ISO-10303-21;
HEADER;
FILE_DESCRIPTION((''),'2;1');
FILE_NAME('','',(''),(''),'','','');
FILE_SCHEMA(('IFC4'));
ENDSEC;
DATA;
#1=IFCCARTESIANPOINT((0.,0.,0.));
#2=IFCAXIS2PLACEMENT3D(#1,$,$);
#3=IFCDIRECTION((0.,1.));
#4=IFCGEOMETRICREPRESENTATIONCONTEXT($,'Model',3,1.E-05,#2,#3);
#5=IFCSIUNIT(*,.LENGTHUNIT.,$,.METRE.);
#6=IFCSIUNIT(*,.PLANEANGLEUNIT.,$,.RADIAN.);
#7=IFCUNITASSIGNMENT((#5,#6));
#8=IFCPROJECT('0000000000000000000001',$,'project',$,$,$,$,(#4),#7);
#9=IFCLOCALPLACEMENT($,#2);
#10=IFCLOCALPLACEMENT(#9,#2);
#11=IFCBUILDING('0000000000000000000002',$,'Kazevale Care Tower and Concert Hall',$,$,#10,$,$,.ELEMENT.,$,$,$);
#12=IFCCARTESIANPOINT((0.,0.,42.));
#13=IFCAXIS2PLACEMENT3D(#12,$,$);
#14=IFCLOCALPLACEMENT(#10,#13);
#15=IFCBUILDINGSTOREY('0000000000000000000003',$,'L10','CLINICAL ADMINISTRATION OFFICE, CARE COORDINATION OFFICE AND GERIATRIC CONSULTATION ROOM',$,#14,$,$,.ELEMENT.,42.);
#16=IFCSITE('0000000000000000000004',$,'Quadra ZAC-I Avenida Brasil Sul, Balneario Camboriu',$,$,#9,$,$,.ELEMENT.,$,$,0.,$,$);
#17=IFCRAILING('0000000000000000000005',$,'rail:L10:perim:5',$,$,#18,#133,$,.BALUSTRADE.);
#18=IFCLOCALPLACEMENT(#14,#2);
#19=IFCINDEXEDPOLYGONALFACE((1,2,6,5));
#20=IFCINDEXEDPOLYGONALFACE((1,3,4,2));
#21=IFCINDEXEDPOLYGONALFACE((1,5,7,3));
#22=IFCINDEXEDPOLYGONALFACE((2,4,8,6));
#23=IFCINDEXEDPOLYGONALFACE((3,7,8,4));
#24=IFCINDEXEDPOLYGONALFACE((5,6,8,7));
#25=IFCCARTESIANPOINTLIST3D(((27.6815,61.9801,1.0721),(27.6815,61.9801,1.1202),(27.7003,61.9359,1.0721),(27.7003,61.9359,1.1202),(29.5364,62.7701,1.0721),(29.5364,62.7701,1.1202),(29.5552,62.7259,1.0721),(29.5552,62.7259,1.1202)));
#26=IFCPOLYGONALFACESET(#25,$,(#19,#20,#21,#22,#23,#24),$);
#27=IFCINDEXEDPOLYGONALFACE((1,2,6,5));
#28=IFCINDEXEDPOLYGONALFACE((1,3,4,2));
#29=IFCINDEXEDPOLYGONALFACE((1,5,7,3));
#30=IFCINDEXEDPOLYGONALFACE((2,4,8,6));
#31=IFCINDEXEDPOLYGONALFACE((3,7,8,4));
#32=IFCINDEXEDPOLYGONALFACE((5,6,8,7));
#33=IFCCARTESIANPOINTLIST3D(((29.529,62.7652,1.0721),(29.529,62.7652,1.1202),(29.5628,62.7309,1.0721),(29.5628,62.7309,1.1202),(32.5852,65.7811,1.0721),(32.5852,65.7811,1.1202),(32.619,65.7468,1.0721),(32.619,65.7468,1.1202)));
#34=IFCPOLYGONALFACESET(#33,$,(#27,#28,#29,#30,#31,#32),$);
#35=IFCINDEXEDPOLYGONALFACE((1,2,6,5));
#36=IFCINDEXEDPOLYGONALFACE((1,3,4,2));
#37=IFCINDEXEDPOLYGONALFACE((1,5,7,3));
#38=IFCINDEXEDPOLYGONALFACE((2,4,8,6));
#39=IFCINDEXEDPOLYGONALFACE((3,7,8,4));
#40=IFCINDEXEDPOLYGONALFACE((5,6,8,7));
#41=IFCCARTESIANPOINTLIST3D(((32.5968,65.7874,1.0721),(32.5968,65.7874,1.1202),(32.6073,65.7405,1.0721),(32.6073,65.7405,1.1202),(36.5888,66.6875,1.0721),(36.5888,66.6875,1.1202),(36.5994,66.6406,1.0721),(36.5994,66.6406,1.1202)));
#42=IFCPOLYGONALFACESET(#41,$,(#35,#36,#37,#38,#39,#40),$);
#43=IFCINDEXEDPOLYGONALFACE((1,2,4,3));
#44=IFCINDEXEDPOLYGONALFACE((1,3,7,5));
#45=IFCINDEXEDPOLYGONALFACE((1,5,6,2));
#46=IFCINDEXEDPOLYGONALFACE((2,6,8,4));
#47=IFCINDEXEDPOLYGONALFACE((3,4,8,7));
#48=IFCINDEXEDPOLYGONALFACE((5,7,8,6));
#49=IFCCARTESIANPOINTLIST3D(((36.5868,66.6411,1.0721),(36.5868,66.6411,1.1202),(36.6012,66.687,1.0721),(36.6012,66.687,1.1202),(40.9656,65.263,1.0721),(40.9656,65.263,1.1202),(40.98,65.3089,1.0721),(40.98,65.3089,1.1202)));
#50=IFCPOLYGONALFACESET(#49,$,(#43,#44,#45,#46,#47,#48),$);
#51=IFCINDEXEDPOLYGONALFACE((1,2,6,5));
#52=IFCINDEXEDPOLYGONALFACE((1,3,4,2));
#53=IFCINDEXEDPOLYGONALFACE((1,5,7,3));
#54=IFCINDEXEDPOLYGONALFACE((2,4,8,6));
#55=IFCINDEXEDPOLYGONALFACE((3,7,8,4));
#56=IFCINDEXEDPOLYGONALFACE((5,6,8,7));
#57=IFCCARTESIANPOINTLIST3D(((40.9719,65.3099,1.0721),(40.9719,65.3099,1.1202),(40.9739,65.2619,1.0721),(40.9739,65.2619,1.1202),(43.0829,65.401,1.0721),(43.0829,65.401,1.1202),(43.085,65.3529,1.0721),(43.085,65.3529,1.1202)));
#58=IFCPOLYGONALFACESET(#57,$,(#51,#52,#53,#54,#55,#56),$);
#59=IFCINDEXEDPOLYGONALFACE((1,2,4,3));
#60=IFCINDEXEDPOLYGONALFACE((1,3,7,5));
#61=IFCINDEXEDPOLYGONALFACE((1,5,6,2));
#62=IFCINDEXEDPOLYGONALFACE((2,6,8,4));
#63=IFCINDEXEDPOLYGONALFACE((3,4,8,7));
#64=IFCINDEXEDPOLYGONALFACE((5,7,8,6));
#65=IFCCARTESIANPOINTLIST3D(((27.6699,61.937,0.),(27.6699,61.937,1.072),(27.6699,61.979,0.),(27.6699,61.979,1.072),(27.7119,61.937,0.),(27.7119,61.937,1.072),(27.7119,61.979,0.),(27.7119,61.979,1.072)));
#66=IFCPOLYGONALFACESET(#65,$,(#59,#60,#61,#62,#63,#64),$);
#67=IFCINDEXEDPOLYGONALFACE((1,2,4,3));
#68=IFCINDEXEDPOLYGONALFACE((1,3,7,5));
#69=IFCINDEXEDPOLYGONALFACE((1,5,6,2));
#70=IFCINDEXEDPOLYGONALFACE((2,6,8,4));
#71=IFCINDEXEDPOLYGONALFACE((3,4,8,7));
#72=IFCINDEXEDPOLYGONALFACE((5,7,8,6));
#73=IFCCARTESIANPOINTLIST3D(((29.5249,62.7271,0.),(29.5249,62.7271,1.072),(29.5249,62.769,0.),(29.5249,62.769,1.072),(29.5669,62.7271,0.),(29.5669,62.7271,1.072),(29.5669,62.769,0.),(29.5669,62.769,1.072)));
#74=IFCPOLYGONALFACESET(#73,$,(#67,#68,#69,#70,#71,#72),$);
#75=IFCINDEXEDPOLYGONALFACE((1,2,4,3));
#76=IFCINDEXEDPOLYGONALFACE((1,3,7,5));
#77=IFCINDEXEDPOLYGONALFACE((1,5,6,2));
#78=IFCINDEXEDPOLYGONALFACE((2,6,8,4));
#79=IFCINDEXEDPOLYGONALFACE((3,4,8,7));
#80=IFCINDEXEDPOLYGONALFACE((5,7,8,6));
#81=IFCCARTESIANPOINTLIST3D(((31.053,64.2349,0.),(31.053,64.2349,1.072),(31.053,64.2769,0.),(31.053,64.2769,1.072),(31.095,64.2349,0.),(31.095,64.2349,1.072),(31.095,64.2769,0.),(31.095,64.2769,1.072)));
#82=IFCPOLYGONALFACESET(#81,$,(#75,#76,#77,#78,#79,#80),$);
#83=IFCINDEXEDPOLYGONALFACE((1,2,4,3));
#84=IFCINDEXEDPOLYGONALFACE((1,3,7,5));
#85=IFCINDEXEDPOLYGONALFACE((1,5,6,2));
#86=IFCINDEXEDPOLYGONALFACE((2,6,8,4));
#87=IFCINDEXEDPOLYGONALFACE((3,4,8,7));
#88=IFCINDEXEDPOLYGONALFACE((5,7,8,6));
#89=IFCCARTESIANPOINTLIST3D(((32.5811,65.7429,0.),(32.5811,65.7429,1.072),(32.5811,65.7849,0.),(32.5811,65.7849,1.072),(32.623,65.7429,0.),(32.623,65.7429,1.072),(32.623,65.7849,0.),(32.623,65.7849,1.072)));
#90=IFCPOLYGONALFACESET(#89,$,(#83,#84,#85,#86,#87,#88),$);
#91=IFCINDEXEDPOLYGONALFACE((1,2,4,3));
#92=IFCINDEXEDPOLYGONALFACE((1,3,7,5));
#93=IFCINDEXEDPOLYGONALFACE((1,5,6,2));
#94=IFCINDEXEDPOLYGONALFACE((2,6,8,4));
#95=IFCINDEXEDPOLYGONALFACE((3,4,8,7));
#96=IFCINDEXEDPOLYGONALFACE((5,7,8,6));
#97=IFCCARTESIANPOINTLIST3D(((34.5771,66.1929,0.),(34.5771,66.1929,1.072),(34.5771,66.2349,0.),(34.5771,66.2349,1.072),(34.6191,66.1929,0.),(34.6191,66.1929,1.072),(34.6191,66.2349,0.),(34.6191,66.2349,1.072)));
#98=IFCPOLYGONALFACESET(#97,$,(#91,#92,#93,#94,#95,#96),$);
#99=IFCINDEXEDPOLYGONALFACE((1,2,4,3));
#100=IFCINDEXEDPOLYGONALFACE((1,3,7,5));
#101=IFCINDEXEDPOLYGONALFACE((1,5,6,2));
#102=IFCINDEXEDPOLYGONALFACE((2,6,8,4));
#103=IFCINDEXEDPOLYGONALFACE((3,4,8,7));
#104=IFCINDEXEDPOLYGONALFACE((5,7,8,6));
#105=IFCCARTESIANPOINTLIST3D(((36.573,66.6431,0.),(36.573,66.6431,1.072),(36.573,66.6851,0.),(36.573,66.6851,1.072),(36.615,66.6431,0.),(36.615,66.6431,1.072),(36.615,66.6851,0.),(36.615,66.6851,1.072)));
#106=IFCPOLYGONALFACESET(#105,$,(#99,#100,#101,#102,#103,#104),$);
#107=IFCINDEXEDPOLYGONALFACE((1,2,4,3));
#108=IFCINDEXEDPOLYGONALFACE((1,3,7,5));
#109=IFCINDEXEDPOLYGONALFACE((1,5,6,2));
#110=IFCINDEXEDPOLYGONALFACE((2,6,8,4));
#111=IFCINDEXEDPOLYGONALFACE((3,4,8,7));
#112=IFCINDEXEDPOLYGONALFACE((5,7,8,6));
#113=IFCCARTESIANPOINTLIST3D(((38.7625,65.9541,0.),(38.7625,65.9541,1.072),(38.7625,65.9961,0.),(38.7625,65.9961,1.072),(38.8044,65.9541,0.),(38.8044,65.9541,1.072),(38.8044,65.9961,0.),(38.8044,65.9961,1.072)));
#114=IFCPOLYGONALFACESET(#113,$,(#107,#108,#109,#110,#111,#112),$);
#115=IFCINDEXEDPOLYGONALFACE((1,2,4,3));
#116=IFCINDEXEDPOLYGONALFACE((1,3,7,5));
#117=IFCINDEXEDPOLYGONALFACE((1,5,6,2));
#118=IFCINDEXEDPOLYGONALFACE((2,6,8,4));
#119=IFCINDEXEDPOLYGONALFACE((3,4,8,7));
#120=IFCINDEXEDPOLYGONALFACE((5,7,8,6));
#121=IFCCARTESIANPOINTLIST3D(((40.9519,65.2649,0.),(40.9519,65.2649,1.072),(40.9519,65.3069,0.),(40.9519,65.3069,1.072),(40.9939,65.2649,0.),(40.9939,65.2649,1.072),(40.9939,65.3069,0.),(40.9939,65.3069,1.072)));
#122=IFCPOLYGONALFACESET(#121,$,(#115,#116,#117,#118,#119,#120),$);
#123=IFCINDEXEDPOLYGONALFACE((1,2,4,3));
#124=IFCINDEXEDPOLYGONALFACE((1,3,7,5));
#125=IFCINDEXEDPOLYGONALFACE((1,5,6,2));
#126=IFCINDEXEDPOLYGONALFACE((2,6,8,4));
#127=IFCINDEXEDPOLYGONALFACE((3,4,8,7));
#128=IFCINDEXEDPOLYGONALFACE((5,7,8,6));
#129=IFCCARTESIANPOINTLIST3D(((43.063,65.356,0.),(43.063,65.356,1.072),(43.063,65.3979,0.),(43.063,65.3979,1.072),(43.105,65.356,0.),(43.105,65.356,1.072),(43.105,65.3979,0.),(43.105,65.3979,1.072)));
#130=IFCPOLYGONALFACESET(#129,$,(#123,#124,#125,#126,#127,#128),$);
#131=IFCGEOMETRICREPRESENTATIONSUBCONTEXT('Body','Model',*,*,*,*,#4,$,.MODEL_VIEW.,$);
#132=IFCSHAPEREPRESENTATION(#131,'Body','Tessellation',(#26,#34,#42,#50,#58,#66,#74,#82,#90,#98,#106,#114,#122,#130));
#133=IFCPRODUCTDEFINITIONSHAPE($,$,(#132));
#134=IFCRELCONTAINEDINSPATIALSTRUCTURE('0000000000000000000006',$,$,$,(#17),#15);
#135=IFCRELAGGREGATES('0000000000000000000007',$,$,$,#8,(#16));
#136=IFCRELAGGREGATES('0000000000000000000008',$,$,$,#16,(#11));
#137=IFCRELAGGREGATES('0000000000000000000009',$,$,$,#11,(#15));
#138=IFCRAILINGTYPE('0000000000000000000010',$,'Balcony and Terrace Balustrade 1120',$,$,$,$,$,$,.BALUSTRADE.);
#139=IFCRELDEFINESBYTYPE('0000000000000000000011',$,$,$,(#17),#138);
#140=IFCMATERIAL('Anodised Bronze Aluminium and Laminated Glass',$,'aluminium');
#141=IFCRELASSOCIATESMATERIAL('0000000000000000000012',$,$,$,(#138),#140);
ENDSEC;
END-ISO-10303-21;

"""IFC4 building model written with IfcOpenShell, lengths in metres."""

from ifc_helpers import new_model, si_unit, direction, frame, origin, origin_2d, place, context, subcontext, project, spatial, rectangle, extrude, material, type_object, element, save


model = new_model("IFC4")

# Units and contexts
model_context = context("Model", 3, precision=1e-05, world=origin(), true_north=direction((0.0, 1.0)))
body_context = subcontext(model_context, "Body", "Model", "MODEL_VIEW")
ifc_project = project(units=[si_unit("LENGTHUNIT", "METRE"), si_unit("PLANEANGLEUNIT", "RADIAN")], contexts=[model_context])

# Site, building, storey
site_placement = place(None, origin())
site = spatial("IfcSite", under=ifc_project, at=site_placement, Name="Quadra ZAC-I Avenida Brasil Sul, Balneario Camboriu", CompositionType="ELEMENT", RefElevation=0.0)
building_placement = place(site_placement, origin())
building = spatial("IfcBuilding", under=site, at=building_placement, Name="Kazevale Care Tower and Concert Hall", CompositionType="ELEMENT")
storey_placement = place(building_placement, frame((0.0, 0.0, 42.0)))
storey = spatial("IfcBuildingStorey", under=building, at=storey_placement, Name="L10", Description="CLINICAL ADMINISTRATION OFFICE, CARE COORDINATION OFFICE AND GERIATRIC CONSULTATION ROOM", CompositionType="ELEMENT", Elevation=42.0)

# Railing
ifc_material_1 = material(Name="Anodised Bronze Aluminium and Laminated Glass", Category="aluminium")
railing_type = type_object("IfcRailingType", Name="Balcony and Terrace Balustrade 1120", PredefinedType="BALUSTRADE", material=ifc_material_1)
railing_1_placement = place(storey_placement, frame((27.6909, 61.958, 0.0)))
element("IfcRailing", 1, at=railing_1_placement, inside=storey, type_object=railing_type, Name="rail:L10:perim:5", PredefinedType="BALUSTRADE", context=body_context, shape_type="SweptSolid", body=[
    extrude(rectangle(XDim=0.0481, YDim=0.0481, at=origin_2d()), frame((0.0, 0.0, 1.0962), z_axis=(0.920032, 0.391843, 0.0), x_axis=(-0.391843, 0.920032, 0.0)), (0.0, 0.0, 1.0), 2.0161),
    extrude(rectangle(XDim=0.0481, YDim=0.0481, at=origin_2d()), frame((1.855, 0.79, 1.0962), z_axis=(0.711782, 0.7024, 0.0), x_axis=(-0.7024, 0.711782, 0.0)), (0.0, 0.0, 1.0), 4.2937),
    extrude(rectangle(XDim=0.0481, YDim=0.0481, at=origin_2d()), frame((4.9111, 3.8059, 1.0962), z_axis=(0.975507, 0.219968, 0.0), x_axis=(-0.219968, 0.975507, 0.0)), (0.0, 0.0, 1.0), 4.0923),
    extrude(rectangle(XDim=0.0481, YDim=0.0481, at=origin_2d()), frame((8.9031, 4.7061, 1.0962), z_axis=(0.953872, -0.300212, 0.0), x_axis=(0.300212, 0.953872, 0.0)), (0.0, 0.0, 1.0), 4.5906),
    extrude(rectangle(XDim=0.0481, YDim=0.0481, at=origin_2d()), frame((13.282, 3.3279, 1.0962), z_axis=(0.999071, 0.043096, 0.0), x_axis=(-0.043096, 0.999071, 0.0)), (0.0, 0.0, 1.0), 2.113),
    extrude(rectangle(XDim=0.042, YDim=0.042, at=origin_2d()), origin(), (0.0, 0.0, 1.0), 1.072),
    extrude(rectangle(XDim=0.042, YDim=0.042, at=origin_2d()), frame((1.855, 0.79, 0.0)), (0.0, 0.0, 1.0), 1.072),
    extrude(rectangle(XDim=0.042, YDim=0.042, at=origin_2d()), frame((3.3831, 2.2979, 0.0)), (0.0, 0.0, 1.0), 1.072),
    extrude(rectangle(XDim=0.042, YDim=0.042, at=origin_2d()), frame((4.9111, 3.8059, 0.0)), (0.0, 0.0, 1.0), 1.072),
    extrude(rectangle(XDim=0.042, YDim=0.042, at=origin_2d()), frame((6.9072, 4.2559, 0.0)), (0.0, 0.0, 1.0), 1.072),
    extrude(rectangle(XDim=0.042, YDim=0.042, at=origin_2d()), frame((8.9031, 4.7061, 0.0)), (0.0, 0.0, 1.0), 1.072),
    extrude(rectangle(XDim=0.042, YDim=0.042, at=origin_2d()), frame((11.0925, 4.0171, 0.0)), (0.0, 0.0, 1.0), 1.072),
    extrude(rectangle(XDim=0.042, YDim=0.042, at=origin_2d()), frame((13.282, 3.3279, 0.0)), (0.0, 0.0, 1.0), 1.072),
    extrude(rectangle(XDim=0.042, YDim=0.042, at=origin_2d()), frame((15.3931, 3.4189, 0.0)), (0.0, 0.0, 1.0), 1.072),
])

save(model, "model.ifc")
